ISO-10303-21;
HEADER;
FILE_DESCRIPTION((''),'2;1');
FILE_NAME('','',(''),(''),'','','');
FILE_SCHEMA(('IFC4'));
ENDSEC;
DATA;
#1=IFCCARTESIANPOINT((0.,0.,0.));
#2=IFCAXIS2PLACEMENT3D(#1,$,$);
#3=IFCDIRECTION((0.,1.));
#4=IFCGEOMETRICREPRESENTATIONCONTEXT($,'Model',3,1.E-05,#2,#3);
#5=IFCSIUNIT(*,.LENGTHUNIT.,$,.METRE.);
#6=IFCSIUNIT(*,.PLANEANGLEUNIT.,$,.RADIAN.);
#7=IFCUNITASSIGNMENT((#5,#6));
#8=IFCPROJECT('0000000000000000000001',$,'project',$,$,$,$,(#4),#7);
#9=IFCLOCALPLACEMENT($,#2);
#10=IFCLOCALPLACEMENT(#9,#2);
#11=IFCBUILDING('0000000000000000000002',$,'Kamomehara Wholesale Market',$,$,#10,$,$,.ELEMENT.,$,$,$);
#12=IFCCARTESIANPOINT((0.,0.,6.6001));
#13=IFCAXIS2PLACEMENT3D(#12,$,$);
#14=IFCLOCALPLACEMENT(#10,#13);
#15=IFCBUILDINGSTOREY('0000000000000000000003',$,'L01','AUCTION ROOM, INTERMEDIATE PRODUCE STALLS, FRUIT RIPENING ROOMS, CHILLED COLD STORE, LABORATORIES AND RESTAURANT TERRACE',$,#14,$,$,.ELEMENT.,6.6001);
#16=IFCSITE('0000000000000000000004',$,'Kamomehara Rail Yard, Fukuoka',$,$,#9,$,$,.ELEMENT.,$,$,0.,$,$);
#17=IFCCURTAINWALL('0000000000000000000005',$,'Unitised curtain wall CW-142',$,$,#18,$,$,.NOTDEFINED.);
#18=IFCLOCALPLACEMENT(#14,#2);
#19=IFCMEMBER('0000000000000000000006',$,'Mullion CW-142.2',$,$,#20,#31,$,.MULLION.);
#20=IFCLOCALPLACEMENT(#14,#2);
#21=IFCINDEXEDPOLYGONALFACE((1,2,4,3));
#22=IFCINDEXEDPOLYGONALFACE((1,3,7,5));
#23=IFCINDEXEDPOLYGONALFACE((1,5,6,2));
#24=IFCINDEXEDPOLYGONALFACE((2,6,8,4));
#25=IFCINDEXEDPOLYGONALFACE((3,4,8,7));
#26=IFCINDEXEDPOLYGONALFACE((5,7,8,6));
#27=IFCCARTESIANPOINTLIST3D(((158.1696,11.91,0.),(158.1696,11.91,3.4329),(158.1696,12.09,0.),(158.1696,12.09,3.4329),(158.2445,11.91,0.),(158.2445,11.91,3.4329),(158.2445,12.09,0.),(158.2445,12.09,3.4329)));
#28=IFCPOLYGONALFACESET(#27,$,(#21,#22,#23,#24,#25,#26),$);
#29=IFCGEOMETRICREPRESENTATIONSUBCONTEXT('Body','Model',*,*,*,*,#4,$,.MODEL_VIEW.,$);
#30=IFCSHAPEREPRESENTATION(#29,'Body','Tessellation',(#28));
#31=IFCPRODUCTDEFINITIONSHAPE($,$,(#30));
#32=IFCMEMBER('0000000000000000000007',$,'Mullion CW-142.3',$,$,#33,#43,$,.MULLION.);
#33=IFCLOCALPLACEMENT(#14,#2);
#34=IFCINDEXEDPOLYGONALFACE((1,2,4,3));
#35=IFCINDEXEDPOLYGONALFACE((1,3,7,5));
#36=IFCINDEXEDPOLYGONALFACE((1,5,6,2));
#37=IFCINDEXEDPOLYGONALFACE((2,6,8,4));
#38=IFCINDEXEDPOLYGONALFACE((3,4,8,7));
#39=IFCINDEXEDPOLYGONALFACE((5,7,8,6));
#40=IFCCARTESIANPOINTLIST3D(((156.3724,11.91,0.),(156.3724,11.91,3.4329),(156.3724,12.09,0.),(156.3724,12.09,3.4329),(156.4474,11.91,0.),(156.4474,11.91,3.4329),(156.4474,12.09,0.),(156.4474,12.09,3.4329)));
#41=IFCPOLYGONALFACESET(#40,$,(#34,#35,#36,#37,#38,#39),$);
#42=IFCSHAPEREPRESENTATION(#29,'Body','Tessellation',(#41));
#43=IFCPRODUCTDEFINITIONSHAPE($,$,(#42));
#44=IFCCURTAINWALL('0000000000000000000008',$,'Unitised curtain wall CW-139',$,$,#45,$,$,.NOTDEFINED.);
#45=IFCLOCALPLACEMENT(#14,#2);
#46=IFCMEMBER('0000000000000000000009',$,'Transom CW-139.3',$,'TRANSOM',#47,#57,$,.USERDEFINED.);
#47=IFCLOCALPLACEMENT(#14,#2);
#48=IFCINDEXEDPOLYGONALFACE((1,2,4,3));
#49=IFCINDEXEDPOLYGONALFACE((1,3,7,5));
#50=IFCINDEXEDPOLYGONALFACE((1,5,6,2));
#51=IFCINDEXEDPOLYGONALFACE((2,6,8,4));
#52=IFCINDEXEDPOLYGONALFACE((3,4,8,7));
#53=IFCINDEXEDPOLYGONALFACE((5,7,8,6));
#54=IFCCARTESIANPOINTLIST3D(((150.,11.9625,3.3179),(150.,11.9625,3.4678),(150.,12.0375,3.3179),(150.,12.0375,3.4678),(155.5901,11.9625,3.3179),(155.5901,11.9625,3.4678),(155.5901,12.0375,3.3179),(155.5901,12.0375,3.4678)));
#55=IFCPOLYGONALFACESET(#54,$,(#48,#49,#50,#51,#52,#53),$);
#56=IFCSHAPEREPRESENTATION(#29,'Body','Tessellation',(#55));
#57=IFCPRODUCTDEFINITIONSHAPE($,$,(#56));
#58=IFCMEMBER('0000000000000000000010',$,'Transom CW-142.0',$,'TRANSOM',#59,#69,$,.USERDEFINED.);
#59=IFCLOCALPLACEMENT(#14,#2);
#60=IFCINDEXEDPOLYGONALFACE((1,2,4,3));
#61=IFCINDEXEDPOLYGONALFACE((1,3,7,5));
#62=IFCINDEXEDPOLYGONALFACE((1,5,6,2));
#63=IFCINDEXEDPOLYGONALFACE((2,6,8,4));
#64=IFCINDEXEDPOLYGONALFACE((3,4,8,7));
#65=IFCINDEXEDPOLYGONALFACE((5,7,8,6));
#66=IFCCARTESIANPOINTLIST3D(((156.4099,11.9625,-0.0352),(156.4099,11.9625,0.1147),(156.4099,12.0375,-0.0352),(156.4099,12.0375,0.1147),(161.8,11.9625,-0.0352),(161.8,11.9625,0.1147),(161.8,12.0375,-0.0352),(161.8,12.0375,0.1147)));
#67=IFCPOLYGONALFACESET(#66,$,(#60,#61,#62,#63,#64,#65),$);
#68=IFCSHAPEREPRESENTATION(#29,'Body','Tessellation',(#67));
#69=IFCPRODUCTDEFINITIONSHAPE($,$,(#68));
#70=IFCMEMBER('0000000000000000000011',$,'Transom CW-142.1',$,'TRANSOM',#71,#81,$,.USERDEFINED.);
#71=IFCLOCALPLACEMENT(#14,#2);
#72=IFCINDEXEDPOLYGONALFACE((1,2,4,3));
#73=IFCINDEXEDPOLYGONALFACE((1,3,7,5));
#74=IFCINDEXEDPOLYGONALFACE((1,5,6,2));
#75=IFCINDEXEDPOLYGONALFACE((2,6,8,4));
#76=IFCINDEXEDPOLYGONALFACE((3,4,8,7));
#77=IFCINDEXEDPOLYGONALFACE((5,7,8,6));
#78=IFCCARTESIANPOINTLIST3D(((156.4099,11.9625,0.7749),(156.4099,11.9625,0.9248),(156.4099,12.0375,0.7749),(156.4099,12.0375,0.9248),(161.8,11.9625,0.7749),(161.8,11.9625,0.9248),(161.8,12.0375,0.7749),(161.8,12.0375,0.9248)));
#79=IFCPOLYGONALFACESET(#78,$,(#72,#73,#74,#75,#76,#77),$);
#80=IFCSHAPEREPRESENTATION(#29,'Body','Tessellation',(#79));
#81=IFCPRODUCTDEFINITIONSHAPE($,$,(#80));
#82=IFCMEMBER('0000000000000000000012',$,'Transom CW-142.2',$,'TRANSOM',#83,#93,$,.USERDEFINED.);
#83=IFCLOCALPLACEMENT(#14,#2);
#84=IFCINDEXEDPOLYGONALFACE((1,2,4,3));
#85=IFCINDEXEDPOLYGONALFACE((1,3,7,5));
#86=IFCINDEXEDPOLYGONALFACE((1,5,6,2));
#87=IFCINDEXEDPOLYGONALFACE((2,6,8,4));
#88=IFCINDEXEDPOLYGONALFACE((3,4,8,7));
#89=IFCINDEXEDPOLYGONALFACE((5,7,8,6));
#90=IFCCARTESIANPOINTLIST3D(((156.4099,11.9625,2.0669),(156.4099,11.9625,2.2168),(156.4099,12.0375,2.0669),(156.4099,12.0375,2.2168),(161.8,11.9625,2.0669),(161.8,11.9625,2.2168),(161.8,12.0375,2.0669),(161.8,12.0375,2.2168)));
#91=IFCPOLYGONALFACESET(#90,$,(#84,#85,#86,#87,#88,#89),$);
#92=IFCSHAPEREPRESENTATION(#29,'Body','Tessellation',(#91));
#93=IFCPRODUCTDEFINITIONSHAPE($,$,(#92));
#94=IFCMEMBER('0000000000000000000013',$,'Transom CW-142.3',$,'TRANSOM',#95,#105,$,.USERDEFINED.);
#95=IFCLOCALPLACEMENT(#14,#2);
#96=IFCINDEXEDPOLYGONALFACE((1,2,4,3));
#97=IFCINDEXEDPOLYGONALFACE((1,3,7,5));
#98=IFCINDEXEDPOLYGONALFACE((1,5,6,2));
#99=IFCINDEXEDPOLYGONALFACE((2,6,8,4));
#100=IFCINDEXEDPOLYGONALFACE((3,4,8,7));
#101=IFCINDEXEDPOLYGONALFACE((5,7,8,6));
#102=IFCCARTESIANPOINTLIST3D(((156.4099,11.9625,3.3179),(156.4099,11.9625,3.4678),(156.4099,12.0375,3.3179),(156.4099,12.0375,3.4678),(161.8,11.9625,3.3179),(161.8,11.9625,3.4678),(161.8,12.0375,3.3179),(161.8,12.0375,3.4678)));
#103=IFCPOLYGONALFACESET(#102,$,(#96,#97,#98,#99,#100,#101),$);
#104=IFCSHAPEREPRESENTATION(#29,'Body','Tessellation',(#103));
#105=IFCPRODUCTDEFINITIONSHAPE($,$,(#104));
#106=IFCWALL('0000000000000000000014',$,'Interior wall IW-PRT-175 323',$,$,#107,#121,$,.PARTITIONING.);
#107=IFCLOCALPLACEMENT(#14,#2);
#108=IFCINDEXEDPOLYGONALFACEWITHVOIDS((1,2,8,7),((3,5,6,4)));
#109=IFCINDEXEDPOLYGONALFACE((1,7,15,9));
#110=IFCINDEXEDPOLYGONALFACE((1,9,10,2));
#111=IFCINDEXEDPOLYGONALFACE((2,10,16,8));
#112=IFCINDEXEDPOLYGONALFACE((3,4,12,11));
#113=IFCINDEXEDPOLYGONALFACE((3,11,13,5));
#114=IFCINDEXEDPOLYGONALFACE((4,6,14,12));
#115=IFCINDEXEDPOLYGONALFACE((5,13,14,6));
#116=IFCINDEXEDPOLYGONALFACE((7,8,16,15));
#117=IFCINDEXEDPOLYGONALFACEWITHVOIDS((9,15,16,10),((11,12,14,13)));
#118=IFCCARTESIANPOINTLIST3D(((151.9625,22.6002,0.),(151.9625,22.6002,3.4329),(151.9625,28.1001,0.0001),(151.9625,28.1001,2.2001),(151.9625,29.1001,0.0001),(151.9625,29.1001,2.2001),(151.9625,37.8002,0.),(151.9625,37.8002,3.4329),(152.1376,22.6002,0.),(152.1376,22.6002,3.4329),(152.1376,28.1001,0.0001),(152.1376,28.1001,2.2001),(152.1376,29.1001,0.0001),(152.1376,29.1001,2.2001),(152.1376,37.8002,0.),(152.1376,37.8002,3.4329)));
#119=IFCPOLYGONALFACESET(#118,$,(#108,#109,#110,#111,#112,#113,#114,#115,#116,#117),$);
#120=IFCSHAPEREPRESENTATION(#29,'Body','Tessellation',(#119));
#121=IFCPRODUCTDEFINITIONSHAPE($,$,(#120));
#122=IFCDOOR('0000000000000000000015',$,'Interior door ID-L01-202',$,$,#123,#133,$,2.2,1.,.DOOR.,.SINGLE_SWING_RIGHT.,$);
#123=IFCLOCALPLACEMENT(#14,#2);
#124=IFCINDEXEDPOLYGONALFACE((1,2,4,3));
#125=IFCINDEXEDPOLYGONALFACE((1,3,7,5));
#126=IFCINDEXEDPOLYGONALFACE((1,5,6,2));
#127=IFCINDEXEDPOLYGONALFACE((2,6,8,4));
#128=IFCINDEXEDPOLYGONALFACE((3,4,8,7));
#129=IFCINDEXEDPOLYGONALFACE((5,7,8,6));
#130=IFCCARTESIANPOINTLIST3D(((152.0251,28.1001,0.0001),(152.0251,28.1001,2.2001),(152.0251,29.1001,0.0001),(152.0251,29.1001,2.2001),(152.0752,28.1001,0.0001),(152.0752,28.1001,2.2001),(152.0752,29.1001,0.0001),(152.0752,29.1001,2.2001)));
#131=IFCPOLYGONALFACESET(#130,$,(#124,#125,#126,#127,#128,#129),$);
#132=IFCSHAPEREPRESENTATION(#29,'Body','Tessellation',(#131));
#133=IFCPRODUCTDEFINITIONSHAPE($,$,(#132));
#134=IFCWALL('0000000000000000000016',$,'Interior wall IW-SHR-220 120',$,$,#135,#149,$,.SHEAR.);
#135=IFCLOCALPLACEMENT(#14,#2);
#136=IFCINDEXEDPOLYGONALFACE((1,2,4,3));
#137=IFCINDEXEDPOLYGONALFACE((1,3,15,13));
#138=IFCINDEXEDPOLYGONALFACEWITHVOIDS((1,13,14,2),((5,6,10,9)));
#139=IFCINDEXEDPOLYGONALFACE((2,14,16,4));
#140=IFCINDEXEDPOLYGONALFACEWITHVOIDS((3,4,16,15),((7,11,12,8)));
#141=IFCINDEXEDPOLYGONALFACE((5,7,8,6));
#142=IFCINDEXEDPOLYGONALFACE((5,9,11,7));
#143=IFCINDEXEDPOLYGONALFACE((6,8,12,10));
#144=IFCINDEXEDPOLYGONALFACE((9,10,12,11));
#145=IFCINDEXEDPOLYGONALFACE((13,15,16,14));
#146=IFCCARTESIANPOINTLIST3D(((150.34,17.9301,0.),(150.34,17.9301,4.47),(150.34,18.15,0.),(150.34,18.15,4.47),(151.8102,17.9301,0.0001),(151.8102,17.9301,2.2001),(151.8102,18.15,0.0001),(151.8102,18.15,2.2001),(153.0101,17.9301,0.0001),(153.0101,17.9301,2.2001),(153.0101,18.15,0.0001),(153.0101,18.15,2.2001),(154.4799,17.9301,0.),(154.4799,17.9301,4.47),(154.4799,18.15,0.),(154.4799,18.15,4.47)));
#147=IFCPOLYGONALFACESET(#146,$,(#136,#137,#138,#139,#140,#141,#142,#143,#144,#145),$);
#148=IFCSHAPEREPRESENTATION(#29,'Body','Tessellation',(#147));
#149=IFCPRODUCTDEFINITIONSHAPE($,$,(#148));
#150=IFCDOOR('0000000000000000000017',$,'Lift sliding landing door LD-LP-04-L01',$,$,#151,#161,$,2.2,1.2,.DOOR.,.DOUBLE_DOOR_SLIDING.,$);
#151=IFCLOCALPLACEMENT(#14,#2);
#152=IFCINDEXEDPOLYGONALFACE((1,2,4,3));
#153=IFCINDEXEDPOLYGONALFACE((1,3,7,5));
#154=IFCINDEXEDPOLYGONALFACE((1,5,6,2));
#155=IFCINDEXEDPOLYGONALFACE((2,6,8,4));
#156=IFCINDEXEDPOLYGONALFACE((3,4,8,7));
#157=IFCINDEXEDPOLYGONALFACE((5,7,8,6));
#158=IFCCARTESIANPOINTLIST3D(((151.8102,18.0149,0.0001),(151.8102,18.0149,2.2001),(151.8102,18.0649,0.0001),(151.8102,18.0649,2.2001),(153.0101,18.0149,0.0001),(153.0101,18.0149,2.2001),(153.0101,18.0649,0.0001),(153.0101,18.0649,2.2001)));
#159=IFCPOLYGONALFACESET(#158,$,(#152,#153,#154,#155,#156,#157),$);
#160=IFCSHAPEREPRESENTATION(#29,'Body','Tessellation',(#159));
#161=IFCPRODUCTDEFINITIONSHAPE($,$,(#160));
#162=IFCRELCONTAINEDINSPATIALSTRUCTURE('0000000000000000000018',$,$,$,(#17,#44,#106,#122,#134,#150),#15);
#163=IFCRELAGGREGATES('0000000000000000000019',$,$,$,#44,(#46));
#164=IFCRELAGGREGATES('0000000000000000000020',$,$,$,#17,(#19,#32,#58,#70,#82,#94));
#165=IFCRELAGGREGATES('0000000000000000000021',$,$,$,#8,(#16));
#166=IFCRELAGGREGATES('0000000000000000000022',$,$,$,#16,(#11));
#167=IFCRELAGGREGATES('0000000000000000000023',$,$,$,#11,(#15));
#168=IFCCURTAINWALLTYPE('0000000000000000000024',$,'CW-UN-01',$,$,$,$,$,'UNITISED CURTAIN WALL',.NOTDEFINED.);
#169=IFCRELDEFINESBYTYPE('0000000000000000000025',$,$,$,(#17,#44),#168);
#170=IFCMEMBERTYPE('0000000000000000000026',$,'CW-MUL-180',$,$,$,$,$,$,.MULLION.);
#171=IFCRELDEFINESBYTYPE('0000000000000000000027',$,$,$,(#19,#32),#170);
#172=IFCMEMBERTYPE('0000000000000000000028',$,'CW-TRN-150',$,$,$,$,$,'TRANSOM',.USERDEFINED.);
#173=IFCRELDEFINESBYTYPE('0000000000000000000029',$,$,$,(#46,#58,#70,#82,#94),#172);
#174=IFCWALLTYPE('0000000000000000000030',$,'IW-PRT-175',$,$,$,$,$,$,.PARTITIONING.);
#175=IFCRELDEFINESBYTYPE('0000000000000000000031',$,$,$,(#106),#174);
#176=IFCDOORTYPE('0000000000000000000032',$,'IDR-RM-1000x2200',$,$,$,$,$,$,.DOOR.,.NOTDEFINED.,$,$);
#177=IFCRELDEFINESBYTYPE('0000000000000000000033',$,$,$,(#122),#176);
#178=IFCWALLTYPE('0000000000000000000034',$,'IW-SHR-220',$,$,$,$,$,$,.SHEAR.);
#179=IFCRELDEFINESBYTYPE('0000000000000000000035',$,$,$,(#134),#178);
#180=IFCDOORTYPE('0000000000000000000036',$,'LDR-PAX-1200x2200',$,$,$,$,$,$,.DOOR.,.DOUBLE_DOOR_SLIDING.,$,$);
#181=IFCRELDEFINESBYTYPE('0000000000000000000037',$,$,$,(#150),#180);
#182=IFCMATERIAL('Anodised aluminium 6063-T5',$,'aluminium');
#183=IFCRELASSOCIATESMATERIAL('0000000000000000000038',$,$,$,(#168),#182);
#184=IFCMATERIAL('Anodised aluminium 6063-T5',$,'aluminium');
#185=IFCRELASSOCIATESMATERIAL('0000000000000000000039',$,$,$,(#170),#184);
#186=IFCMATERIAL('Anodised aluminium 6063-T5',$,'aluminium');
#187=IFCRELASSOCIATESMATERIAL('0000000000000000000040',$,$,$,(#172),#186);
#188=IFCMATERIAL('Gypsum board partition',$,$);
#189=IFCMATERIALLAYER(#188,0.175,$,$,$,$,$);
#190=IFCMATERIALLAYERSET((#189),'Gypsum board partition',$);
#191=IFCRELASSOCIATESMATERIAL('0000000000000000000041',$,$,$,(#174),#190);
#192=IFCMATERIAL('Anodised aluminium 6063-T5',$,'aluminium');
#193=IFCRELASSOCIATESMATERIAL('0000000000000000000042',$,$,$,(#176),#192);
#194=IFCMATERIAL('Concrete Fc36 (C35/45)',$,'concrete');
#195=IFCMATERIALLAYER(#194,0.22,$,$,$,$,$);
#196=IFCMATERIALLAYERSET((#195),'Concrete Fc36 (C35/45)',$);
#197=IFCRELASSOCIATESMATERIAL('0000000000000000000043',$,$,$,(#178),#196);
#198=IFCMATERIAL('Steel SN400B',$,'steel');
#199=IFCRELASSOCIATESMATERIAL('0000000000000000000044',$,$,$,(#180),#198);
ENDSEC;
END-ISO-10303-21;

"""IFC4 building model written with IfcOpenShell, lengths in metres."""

from ifc_helpers import new_model, si_unit, direction, frame, frame_2d, origin, origin_2d, place, context, subcontext, project, spatial, rectangle, extrude, material, layer, layer_set, material_profile, profile_set, type_object, element, fill, aggregate, save


model = new_model("IFC4")

# Units and contexts
model_context = context("Model", 3, precision=1e-05, world=origin(), true_north=direction((0.0, 1.0)))
body_context = subcontext(model_context, "Body", "Model", "MODEL_VIEW")
ifc_project = project(units=[si_unit("LENGTHUNIT", "METRE"), si_unit("PLANEANGLEUNIT", "RADIAN")], contexts=[model_context])

# Site, building, storey
site_placement = place(None, origin())
site = spatial("IfcSite", under=ifc_project, at=site_placement, Name="Kamomehara Rail Yard, Fukuoka", CompositionType="ELEMENT", RefElevation=0.0)
building_placement = place(site_placement, origin())
building = spatial("IfcBuilding", under=site, at=building_placement, Name="Kamomehara Wholesale Market", CompositionType="ELEMENT")
storey_placement = place(building_placement, frame((0.0, 0.0, 6.6001)))
storey = spatial("IfcBuildingStorey", under=building, at=storey_placement, Name="L01", Description="AUCTION ROOM, INTERMEDIATE PRODUCE STALLS, FRUIT RIPENING ROOMS, CHILLED COLD STORE, LABORATORIES AND RESTAURANT TERRACE", CompositionType="ELEMENT", Elevation=6.6001)

# Shared definitions
ifc_material_1 = material(Name="Anodised aluminium 6063-T5", Category="aluminium")
curtain_wall_type = type_object("IfcCurtainWallType", Name="CW-UN-01", ElementType="UNITISED CURTAIN WALL", PredefinedType="NOTDEFINED", material=ifc_material_1)
ifc_material_2 = material(Name="Anodised aluminium 6063-T5", Category="aluminium")
ifc_material_profile_1 = material_profile(ifc_material_2, rectangle(XDim=0.075, YDim=0.1799, at=origin_2d()), Name="ALU-MUL-75x180")
ifc_profile_set_1 = profile_set([ifc_material_profile_1], Name="Anodised aluminium 6063-T5")
member_type_1 = type_object("IfcMemberType", Name="CW-MUL-180", PredefinedType="MULLION", material=ifc_profile_set_1)

# Curtain wall, members
curtain_wall_1_placement = place(storey_placement, origin())
curtain_wall_1 = element("IfcCurtainWall", 1, at=curtain_wall_1_placement, inside=storey, type_object=curtain_wall_type, Name="Unitised curtain wall CW-142", PredefinedType="NOTDEFINED")
member_1_placement = place(storey_placement, frame((158.207, 12.0, 0.0), z_axis=(0.0, 0.0, 1.0), x_axis=(-1.0, 0.0, 0.0)))
member_1 = element("IfcMember", 2, at=member_1_placement, type_object=member_type_1, Name="Mullion CW-142.2", PredefinedType="MULLION", context=body_context, shape_type="SweptSolid", body=[
    extrude(rectangle(XDim=0.075, YDim=0.1799, at=origin_2d()), origin(), (0.0, 0.0, 1.0), 3.4329),
])
member_2_placement = place(storey_placement, frame((156.4099, 12.0, 0.0), z_axis=(0.0, 0.0, 1.0), x_axis=(-1.0, 0.0, 0.0)))
member_2 = element("IfcMember", 3, at=member_2_placement, type_object=member_type_1, Name="Mullion CW-142.3", PredefinedType="MULLION", context=body_context, shape_type="SweptSolid", body=[
    extrude(rectangle(XDim=0.075, YDim=0.1799, at=origin_2d()), origin(), (0.0, 0.0, 1.0), 3.4329),
])

# Curtain wall, member
curtain_wall_2_placement = place(storey_placement, origin())
curtain_wall_2 = element("IfcCurtainWall", 4, at=curtain_wall_2_placement, inside=storey, type_object=curtain_wall_type, Name="Unitised curtain wall CW-139", PredefinedType="NOTDEFINED")
ifc_material_3 = material(Name="Anodised aluminium 6063-T5", Category="aluminium")
ifc_material_profile_2 = material_profile(ifc_material_3, rectangle(XDim=0.075, YDim=0.1499, at=origin_2d()), Name="ALU-TRN-75x150")
ifc_profile_set_2 = profile_set([ifc_material_profile_2], Name="Anodised aluminium 6063-T5")
member_type_2 = type_object("IfcMemberType", Name="CW-TRN-150", ElementType="TRANSOM", PredefinedType="USERDEFINED", material=ifc_profile_set_2)
member_3_placement = place(storey_placement, frame((155.5901, 12.0, 3.3928), z_axis=(-1.0, 0.0, 0.0), x_axis=(0.0, -1.0, 0.0)))
member_3 = element("IfcMember", 5, at=member_3_placement, type_object=member_type_2, Name="Transom CW-139.3", ObjectType="TRANSOM", PredefinedType="USERDEFINED", context=body_context, shape_type="SweptSolid", body=[
    extrude(rectangle(XDim=0.075, YDim=0.1499, at=origin_2d()), origin(), (0.0, 0.0, 1.0), 5.5901),
])
aggregate(curtain_wall_2, [member_3])

# Members
member_4_placement = place(storey_placement, frame((161.8, 12.0, 0.0398), z_axis=(-1.0, 0.0, 0.0), x_axis=(0.0, -1.0, 0.0)))
member_4 = element("IfcMember", 6, at=member_4_placement, type_object=member_type_2, Name="Transom CW-142.0", ObjectType="TRANSOM", PredefinedType="USERDEFINED", context=body_context, shape_type="SweptSolid", body=[
    extrude(rectangle(XDim=0.075, YDim=0.1499, at=origin_2d()), origin(), (0.0, 0.0, 1.0), 5.3901),
])
member_5_placement = place(storey_placement, frame((161.8, 12.0, 0.8499), z_axis=(-1.0, 0.0, 0.0), x_axis=(0.0, -1.0, 0.0)))
member_5 = element("IfcMember", 7, at=member_5_placement, type_object=member_type_2, Name="Transom CW-142.1", ObjectType="TRANSOM", PredefinedType="USERDEFINED", context=body_context, shape_type="SweptSolid", body=[
    extrude(rectangle(XDim=0.075, YDim=0.1499, at=origin_2d()), origin(), (0.0, 0.0, 1.0), 5.3901),
])
member_6_placement = place(storey_placement, frame((161.8, 12.0, 2.1418), z_axis=(-1.0, 0.0, 0.0), x_axis=(0.0, -1.0, 0.0)))
member_6 = element("IfcMember", 8, at=member_6_placement, type_object=member_type_2, Name="Transom CW-142.2", ObjectType="TRANSOM", PredefinedType="USERDEFINED", context=body_context, shape_type="SweptSolid", body=[
    extrude(rectangle(XDim=0.075, YDim=0.1499, at=origin_2d()), origin(), (0.0, 0.0, 1.0), 5.3901),
])
member_7_placement = place(storey_placement, frame((161.8, 12.0, 3.3928), z_axis=(-1.0, 0.0, 0.0), x_axis=(0.0, -1.0, 0.0)))
member_7 = element("IfcMember", 9, at=member_7_placement, type_object=member_type_2, Name="Transom CW-142.3", ObjectType="TRANSOM", PredefinedType="USERDEFINED", context=body_context, shape_type="SweptSolid", body=[
    extrude(rectangle(XDim=0.075, YDim=0.1499, at=origin_2d()), origin(), (0.0, 0.0, 1.0), 5.3901),
])
aggregate(curtain_wall_1, [member_1, member_2, member_4, member_5, member_6, member_7])

# Walls, openings, doors
ifc_material_4 = material(Name="Gypsum board partition")
ifc_layer_1 = layer(ifc_material_4, 0.175)
ifc_layer_set_1 = layer_set([ifc_layer_1], Name="Gypsum board partition")
wall_type_1 = type_object("IfcWallType", Name="IW-PRT-175", PredefinedType="PARTITIONING", material=ifc_layer_set_1)
wall_1_placement = place(storey_placement, frame((152.05, 22.6001, 0.0), z_axis=(0.0, 0.0, 1.0), x_axis=(0.0, 1.0, 0.0)))
wall_1 = element("IfcWall", 10, at=wall_1_placement, inside=storey, type_object=wall_type_1, Name="Interior wall IW-PRT-175 323", PredefinedType="PARTITIONING", context=body_context, shape_type="SweptSolid", body=[
    extrude(rectangle(XDim=15.2, YDim=0.175, at=frame_2d((7.6001, 0.0))), origin(), (0.0, 0.0, 1.0), 3.4329),
])
opening_1_placement = place(wall_1_placement, frame((5.5, 0.0, 0.0)))
opening_1 = element("IfcOpeningElement", 11, at=opening_1_placement, cuts=wall_1, PredefinedType="OPENING", context=body_context, shape_type="SweptSolid", body=[
    extrude(rectangle(XDim=1.0, YDim=2.2, at=frame_2d((0.5, 1.1001))), frame((0.0, 0.1025, 0.0), z_axis=(0.0, -1.0, 0.0), x_axis=(1.0, 0.0, 0.0)), (0.0, 0.0, 1.0), 0.2048),
])
ifc_material_5 = material(Name="Anodised aluminium 6063-T5", Category="aluminium")
door_type_1 = type_object("IfcDoorType", Name="IDR-RM-1000x2200", OperationType="NOTDEFINED", PredefinedType="DOOR", material=ifc_material_5)
door_1_placement = place(opening_1_placement, origin())
door_1 = element("IfcDoor", 12, at=door_1_placement, inside=storey, type_object=door_type_1, Name="Interior door ID-L01-202", OperationType="SINGLE_SWING_RIGHT", OverallHeight=2.2, OverallWidth=1.0, PredefinedType="DOOR", context=body_context, shape_type="SweptSolid", body=[
    extrude(rectangle(XDim=1.0, YDim=2.2, at=frame_2d((0.5, 1.1001))), frame((0.0, 0.0249, 0.0), z_axis=(0.0, -1.0, 0.0), x_axis=(1.0, 0.0, 0.0)), (0.0, 0.0, 1.0), 0.05),
])
fill(opening_1, door_1)
ifc_material_6 = material(Name="Concrete Fc36 (C35/45)", Category="concrete")
ifc_layer_2 = layer(ifc_material_6, 0.22)
ifc_layer_set_2 = layer_set([ifc_layer_2], Name="Concrete Fc36 (C35/45)")
wall_type_2 = type_object("IfcWallType", Name="IW-SHR-220", PredefinedType="SHEAR", material=ifc_layer_set_2)
wall_2_placement = place(storey_placement, frame((150.3401, 18.04, 0.0), z_axis=(0.0, 0.0, 1.0), x_axis=(1.0, 0.0, 0.0)))
wall_2 = element("IfcWall", 13, at=wall_2_placement, inside=storey, type_object=wall_type_2, Name="Interior wall IW-SHR-220 120", PredefinedType="SHEAR", context=body_context, shape_type="SweptSolid", body=[
    extrude(rectangle(XDim=4.1399, YDim=0.22, at=frame_2d((2.0698, 0.0))), origin(), (0.0, 0.0, 1.0), 4.47),
])
opening_2_placement = place(wall_2_placement, frame((1.47, 0.0, 0.0)))
opening_2 = element("IfcOpeningElement", 14, at=opening_2_placement, cuts=wall_2, PredefinedType="OPENING", context=body_context, shape_type="SweptSolid", body=[
    extrude(rectangle(XDim=1.2, YDim=2.2, at=frame_2d((0.6001, 1.1001))), frame((0.0, 0.125, 0.0), z_axis=(0.0, -1.0, 0.0), x_axis=(1.0, 0.0, 0.0)), (0.0, 0.0, 1.0), 0.2498),
])
ifc_material_7 = material(Name="Steel SN400B", Category="steel")
door_type_2 = type_object("IfcDoorType", Name="LDR-PAX-1200x2200", OperationType="DOUBLE_DOOR_SLIDING", PredefinedType="DOOR", material=ifc_material_7)
door_2_placement = place(opening_2_placement, origin())
door_2 = element("IfcDoor", 15, at=door_2_placement, inside=storey, type_object=door_type_2, Name="Lift sliding landing door LD-LP-04-L01", OperationType="DOUBLE_DOOR_SLIDING", OverallHeight=2.2, OverallWidth=1.2, PredefinedType="DOOR", context=body_context, shape_type="SweptSolid", body=[
    extrude(rectangle(XDim=1.2, YDim=2.2, at=frame_2d((0.6001, 1.1001))), frame((0.0, 0.0249, 0.0), z_axis=(0.0, -1.0, 0.0), x_axis=(1.0, 0.0, 0.0)), (0.0, 0.0, 1.0), 0.05),
])
fill(opening_2, door_2)

save(model, "model.ifc")
